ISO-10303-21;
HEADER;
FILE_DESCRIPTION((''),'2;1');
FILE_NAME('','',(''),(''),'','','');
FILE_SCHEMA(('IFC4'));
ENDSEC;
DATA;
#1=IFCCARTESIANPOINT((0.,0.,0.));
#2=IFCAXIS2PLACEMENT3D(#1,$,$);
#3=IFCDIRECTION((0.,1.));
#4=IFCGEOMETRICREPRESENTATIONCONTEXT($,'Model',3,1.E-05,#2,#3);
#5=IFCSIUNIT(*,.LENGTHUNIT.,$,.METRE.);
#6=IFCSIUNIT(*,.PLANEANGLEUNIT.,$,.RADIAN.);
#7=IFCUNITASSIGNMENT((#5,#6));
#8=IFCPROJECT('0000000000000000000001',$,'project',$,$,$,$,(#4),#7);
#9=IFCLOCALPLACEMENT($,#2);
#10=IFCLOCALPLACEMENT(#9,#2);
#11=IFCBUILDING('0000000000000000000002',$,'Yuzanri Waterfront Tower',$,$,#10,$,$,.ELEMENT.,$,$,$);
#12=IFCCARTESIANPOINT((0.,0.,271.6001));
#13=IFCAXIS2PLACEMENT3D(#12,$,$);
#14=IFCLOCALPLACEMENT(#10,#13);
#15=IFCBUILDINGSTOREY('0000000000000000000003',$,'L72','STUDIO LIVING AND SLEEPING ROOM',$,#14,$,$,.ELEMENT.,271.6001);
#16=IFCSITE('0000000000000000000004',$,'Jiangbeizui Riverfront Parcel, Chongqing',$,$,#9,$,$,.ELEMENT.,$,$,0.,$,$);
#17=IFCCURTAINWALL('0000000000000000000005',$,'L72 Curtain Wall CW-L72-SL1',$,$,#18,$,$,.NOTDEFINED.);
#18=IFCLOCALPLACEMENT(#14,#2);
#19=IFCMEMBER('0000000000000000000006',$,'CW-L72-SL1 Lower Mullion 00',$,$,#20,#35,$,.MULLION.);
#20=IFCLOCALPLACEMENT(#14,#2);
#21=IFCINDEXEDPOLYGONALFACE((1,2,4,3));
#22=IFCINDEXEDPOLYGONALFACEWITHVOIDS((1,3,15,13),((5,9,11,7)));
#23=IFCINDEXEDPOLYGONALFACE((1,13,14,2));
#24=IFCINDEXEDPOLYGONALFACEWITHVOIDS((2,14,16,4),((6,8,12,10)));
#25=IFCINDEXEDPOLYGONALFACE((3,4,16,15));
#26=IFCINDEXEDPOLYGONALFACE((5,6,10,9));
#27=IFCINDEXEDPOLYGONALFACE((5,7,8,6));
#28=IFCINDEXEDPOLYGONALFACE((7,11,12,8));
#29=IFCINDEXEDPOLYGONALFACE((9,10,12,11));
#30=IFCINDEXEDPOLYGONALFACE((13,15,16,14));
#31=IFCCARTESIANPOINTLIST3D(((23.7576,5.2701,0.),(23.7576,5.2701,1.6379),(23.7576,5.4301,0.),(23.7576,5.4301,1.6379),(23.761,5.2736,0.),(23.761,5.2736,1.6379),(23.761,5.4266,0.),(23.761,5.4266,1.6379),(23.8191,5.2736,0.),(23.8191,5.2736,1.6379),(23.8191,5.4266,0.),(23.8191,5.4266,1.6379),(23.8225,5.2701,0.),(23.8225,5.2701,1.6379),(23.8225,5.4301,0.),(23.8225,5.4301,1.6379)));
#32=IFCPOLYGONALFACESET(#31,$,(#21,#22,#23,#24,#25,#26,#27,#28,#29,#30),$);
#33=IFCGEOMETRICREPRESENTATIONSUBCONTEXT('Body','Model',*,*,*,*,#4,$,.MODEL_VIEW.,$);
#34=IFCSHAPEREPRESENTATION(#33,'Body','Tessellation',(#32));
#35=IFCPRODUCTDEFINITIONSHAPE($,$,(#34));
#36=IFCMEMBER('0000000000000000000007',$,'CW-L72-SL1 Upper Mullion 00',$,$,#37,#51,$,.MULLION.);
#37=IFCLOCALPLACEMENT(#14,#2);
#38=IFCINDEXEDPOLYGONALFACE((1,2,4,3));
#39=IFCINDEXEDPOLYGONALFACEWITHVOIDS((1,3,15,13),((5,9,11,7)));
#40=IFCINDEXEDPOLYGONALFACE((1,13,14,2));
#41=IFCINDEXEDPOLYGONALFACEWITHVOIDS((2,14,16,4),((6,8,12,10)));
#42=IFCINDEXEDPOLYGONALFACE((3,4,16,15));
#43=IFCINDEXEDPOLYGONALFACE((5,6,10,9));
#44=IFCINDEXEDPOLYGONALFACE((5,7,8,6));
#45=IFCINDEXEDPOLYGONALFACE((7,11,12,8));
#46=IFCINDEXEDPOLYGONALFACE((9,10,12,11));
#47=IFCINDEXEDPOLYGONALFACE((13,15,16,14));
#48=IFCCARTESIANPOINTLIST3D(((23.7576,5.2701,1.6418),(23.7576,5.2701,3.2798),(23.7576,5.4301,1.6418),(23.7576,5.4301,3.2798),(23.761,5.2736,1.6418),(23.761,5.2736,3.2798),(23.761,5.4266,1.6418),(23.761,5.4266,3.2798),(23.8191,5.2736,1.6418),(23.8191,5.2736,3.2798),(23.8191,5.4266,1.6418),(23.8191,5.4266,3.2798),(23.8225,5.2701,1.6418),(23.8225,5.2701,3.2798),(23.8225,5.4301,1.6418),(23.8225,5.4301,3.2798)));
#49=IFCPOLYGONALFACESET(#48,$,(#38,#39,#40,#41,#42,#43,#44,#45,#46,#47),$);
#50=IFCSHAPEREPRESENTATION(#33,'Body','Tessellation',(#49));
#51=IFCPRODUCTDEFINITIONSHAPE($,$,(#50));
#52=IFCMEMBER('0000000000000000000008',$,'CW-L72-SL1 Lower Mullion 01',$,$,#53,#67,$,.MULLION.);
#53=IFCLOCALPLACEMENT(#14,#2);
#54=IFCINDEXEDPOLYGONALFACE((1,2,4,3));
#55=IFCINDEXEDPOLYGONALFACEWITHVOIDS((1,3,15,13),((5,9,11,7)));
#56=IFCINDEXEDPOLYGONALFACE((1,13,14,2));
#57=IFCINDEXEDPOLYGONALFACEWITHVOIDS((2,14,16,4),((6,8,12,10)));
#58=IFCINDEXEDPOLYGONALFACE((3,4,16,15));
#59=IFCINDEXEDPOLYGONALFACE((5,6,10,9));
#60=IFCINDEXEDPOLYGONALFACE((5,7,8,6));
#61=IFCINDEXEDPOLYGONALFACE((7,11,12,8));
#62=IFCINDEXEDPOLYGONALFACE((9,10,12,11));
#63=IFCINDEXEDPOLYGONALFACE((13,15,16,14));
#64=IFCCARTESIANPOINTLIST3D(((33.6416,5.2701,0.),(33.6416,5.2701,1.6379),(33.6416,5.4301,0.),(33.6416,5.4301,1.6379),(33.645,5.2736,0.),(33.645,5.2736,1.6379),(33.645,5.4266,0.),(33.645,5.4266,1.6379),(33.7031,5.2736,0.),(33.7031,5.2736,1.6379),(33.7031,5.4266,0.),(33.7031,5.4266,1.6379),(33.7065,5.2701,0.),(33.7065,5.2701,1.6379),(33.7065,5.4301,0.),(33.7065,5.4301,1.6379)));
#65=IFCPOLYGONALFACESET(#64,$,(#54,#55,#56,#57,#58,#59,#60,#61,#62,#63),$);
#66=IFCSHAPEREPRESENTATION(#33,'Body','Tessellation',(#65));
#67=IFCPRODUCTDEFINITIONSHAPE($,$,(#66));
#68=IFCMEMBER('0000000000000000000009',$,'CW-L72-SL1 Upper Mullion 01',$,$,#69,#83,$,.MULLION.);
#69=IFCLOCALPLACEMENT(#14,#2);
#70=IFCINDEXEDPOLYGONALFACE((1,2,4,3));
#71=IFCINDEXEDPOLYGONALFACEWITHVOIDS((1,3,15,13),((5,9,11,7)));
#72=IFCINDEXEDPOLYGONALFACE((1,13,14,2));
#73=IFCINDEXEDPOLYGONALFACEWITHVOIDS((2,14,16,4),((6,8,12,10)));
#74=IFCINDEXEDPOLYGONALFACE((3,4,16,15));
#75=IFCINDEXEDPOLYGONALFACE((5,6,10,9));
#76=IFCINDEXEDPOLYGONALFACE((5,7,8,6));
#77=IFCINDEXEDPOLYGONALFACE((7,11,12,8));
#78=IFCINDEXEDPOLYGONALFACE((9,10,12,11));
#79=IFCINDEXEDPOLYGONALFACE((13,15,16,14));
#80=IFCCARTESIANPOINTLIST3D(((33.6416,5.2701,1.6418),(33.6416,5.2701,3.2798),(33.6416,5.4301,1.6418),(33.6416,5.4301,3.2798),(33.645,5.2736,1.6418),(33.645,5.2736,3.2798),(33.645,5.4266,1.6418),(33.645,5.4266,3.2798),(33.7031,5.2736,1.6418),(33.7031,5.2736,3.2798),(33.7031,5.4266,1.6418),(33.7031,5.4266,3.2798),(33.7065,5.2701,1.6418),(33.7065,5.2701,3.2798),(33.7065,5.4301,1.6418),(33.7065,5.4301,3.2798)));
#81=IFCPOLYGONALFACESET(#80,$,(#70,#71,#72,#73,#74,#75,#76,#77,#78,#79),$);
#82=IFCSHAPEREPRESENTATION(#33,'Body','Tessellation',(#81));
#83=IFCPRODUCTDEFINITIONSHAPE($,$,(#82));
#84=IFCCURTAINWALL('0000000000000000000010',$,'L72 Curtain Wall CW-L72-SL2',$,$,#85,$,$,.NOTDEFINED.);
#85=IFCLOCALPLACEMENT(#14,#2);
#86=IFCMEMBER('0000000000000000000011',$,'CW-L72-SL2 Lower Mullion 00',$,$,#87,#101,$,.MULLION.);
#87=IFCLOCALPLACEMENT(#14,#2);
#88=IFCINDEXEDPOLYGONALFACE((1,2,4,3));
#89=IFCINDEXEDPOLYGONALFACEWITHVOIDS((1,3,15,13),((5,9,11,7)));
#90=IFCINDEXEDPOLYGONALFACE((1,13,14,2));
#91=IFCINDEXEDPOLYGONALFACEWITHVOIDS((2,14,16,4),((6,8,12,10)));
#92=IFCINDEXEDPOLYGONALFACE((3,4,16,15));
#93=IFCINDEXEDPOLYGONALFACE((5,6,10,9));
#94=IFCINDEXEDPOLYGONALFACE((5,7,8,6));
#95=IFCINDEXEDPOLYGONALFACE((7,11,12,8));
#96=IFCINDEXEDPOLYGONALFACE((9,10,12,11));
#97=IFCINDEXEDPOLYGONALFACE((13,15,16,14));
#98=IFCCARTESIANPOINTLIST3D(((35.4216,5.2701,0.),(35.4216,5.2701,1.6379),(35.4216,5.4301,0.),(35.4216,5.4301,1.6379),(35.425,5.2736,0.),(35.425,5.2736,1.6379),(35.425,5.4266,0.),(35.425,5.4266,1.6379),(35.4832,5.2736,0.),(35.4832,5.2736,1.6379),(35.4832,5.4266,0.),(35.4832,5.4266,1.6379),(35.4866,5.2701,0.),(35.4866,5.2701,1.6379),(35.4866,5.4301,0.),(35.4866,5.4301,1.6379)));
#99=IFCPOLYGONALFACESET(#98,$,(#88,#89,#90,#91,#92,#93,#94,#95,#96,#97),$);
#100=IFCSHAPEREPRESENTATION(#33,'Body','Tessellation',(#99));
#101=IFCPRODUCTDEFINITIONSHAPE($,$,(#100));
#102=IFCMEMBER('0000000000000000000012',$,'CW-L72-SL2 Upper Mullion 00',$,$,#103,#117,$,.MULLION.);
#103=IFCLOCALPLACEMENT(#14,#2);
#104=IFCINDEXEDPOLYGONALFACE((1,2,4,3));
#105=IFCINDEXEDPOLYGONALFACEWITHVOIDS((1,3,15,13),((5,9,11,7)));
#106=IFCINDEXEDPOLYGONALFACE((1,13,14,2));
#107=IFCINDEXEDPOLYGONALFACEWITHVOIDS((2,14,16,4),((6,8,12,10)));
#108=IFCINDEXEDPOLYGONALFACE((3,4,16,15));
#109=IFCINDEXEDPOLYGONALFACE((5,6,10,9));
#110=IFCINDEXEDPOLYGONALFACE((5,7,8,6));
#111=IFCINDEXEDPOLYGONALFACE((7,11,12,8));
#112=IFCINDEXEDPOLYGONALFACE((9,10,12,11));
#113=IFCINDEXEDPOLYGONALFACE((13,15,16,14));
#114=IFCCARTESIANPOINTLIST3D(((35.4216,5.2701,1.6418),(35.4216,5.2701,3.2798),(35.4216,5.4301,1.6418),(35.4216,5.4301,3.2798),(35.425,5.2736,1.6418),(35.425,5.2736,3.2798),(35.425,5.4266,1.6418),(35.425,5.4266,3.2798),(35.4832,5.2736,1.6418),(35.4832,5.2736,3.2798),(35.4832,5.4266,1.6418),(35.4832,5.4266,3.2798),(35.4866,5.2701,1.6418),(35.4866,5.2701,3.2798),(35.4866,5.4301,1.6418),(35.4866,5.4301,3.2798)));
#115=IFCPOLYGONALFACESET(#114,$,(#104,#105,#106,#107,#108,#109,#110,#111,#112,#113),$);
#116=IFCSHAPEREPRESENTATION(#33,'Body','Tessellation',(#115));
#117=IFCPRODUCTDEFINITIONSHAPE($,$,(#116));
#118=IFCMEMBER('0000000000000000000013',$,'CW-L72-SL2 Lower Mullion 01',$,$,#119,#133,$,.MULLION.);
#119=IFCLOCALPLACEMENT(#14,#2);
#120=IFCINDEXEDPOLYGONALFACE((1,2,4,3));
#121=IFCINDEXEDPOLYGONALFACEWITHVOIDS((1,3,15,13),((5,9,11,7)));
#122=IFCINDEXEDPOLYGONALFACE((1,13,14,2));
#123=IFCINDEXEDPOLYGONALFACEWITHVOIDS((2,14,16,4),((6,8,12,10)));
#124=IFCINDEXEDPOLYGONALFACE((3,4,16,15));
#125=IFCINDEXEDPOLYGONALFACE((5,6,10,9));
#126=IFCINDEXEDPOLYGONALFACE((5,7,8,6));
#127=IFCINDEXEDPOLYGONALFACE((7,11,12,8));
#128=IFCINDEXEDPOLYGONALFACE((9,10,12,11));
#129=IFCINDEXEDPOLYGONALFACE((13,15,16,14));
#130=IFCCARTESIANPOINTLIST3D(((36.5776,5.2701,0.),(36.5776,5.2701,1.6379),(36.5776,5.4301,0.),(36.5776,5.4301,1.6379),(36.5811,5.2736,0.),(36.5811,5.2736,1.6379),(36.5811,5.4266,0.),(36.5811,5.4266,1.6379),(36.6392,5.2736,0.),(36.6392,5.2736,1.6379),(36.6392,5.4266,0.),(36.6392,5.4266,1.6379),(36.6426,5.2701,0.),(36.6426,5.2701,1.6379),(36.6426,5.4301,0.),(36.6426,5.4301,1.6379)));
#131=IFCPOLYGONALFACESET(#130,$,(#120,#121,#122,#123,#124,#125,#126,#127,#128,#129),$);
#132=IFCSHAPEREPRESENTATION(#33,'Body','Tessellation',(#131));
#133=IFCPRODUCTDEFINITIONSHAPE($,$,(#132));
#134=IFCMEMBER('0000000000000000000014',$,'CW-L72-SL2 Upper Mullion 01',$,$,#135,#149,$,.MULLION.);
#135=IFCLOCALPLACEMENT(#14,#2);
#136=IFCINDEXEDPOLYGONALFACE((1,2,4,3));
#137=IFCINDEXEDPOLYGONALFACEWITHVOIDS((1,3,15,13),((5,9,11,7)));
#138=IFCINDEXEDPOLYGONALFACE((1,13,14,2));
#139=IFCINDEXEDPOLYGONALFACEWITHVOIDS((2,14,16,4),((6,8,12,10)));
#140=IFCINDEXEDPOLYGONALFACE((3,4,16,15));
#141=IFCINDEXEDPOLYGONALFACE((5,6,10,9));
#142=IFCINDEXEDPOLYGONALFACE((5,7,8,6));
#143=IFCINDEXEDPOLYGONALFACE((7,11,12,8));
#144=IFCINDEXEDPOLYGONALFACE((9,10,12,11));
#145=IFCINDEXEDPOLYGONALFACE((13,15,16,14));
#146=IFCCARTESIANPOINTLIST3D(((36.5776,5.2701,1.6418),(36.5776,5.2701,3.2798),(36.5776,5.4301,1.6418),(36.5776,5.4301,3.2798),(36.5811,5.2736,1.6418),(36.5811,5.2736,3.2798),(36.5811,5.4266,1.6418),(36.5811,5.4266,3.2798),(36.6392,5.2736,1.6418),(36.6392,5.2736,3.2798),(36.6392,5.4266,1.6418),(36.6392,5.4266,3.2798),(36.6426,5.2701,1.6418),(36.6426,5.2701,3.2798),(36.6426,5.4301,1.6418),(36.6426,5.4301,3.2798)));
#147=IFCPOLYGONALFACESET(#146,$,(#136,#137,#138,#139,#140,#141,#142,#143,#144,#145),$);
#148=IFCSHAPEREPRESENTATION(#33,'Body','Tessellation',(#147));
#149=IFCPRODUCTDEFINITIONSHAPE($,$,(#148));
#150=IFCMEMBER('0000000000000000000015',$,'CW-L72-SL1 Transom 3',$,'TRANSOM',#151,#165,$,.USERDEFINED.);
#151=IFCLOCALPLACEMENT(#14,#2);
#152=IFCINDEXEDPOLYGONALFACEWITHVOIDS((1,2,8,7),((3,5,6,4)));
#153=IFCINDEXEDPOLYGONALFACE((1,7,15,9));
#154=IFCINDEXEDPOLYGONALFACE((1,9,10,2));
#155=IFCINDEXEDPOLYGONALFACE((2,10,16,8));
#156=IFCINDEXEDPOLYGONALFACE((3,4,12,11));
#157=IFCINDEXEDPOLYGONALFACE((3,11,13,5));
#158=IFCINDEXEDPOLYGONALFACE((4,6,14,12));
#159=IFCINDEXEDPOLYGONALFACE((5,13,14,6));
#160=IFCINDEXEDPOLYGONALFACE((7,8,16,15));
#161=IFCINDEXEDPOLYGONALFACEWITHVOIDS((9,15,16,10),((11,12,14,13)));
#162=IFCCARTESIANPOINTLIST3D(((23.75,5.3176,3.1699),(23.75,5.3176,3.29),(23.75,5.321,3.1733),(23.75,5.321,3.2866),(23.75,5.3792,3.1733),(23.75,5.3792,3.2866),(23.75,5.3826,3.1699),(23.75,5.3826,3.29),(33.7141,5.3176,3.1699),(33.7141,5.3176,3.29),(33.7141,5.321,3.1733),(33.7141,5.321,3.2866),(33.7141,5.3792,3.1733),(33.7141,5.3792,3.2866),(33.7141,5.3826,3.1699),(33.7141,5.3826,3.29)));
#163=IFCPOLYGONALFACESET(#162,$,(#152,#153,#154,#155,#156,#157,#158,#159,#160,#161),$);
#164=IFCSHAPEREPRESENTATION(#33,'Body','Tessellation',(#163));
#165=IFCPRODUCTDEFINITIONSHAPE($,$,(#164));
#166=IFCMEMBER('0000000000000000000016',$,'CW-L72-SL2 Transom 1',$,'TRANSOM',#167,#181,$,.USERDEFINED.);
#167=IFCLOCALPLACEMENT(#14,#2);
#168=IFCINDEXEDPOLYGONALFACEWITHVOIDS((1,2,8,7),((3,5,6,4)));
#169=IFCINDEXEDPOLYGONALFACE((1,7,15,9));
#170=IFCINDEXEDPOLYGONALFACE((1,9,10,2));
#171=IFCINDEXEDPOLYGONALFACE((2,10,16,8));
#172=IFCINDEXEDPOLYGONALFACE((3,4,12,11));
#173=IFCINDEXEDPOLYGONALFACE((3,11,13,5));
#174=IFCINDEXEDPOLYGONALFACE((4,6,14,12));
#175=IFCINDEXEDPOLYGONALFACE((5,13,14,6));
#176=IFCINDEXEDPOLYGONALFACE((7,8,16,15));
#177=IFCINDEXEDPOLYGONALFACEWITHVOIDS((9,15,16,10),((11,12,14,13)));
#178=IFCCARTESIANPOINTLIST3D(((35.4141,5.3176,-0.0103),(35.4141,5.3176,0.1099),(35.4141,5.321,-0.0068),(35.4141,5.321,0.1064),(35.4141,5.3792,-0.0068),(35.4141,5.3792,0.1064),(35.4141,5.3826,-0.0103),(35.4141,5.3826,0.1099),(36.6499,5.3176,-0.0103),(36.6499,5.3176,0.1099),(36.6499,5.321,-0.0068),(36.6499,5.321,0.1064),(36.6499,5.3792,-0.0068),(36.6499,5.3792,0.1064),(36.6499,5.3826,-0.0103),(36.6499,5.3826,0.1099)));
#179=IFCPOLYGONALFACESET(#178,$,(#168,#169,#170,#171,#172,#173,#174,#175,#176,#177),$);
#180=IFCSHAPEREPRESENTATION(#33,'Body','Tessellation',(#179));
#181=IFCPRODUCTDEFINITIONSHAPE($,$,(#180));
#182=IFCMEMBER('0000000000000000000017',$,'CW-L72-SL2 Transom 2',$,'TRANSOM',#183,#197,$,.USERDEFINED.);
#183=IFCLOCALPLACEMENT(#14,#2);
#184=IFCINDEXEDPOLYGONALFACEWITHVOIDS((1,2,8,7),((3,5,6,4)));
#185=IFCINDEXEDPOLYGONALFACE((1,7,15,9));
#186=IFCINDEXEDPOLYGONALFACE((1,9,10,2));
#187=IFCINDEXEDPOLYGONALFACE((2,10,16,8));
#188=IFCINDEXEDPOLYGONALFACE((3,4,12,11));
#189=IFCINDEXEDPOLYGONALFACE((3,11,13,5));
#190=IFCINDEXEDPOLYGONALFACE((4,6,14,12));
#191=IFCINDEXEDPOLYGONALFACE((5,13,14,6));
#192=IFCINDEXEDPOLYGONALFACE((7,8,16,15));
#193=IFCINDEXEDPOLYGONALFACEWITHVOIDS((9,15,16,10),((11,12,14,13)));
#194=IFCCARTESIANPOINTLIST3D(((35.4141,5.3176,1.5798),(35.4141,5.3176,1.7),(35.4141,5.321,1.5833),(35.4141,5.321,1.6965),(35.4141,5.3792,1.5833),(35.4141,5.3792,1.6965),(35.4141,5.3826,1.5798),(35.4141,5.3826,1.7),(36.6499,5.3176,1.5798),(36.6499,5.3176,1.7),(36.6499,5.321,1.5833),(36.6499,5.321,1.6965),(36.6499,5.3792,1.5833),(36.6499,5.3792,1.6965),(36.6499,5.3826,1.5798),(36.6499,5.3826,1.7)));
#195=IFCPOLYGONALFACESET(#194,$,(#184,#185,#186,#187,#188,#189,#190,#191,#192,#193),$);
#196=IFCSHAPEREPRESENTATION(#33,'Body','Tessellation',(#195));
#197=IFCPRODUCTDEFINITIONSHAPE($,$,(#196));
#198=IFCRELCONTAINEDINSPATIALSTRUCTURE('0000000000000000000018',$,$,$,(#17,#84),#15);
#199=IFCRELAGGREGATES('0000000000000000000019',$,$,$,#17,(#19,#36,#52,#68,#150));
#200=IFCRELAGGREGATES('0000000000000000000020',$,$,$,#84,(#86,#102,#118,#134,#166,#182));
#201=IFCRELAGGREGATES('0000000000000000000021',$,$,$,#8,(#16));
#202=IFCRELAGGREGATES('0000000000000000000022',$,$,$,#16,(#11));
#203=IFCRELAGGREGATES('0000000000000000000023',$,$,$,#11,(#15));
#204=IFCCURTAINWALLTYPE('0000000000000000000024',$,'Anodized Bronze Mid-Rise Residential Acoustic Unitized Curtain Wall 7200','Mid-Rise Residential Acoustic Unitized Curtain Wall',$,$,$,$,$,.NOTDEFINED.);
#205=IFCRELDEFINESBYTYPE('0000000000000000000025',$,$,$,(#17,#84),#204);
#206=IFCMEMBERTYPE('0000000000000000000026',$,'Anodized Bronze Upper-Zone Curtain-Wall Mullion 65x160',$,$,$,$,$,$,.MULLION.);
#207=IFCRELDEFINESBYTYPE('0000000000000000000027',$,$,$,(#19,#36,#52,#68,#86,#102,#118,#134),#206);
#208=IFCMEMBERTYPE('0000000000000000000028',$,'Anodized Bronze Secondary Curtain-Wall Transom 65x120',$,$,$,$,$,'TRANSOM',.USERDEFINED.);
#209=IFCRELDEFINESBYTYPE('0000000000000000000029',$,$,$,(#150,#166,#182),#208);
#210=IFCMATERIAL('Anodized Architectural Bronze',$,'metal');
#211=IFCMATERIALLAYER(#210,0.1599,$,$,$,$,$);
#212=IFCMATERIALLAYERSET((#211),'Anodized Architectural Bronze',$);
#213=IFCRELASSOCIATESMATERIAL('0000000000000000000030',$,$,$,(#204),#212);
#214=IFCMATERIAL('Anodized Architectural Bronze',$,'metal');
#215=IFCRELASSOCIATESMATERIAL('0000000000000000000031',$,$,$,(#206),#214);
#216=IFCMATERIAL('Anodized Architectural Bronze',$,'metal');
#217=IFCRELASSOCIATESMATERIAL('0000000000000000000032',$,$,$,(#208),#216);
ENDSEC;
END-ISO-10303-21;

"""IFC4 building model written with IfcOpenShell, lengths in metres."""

from ifc_helpers import new_model, si_unit, direction, frame, origin, origin_2d, place, context, subcontext, project, spatial, hollow_rectangle, extrude, source, transform, mapped, material, layer, layer_set, material_profile, profile_set, type_object, element, aggregate, save


model = new_model("IFC4")

# Units and contexts
model_context = context("Model", 3, precision=1e-05, world=origin(), true_north=direction((0.0, 1.0)))
body_context = subcontext(model_context, "Body", "Model", "MODEL_VIEW")
ifc_project = project(units=[si_unit("LENGTHUNIT", "METRE"), si_unit("PLANEANGLEUNIT", "RADIAN")], contexts=[model_context])

# Site, building, storey
site_placement = place(None, origin())
site = spatial("IfcSite", under=ifc_project, at=site_placement, Name="Jiangbeizui Riverfront Parcel, Chongqing", CompositionType="ELEMENT", RefElevation=0.0)
building_placement = place(site_placement, origin())
building = spatial("IfcBuilding", under=site, at=building_placement, Name="Yuzanri Waterfront Tower", CompositionType="ELEMENT")
storey_placement = place(building_placement, frame((0.0, 0.0, 271.6001)))
storey = spatial("IfcBuildingStorey", under=building, at=storey_placement, Name="L72", Description="STUDIO LIVING AND SLEEPING ROOM", CompositionType="ELEMENT", Elevation=271.6001)

# Curtain walls, members
ifc_material_1 = material(Name="Anodized Architectural Bronze", Category="metal")
ifc_layer_1 = layer(ifc_material_1, 0.1599)
ifc_layer_set_1 = layer_set([ifc_layer_1], Name="Anodized Architectural Bronze")
curtain_wall_type = type_object("IfcCurtainWallType", Name="Anodized Bronze Mid-Rise Residential Acoustic Unitized Curtain Wall 7200", Description="Mid-Rise Residential Acoustic Unitized Curtain Wall", PredefinedType="NOTDEFINED", material=ifc_layer_set_1)
curtain_wall_1_placement = place(storey_placement, origin())
curtain_wall_1 = element("IfcCurtainWall", 1, at=curtain_wall_1_placement, inside=storey, type_object=curtain_wall_type, Name="L72 Curtain Wall CW-L72-SL1", PredefinedType="NOTDEFINED")
ifc_material_2 = material(Name="Anodized Architectural Bronze", Category="metal")
ifc_material_profile_1 = material_profile(ifc_material_2, hollow_rectangle(XDim=0.0649, YDim=0.1599, WallThickness=0.0034, at=origin_2d()), Name="CWM 65x160")
ifc_profile_set_1 = profile_set([ifc_material_profile_1], Name="Anodized Architectural Bronze")
member_type_1 = type_object("IfcMemberType", Name="Anodized Bronze Upper-Zone Curtain-Wall Mullion 65x160", PredefinedType="MULLION", material=ifc_profile_set_1)
shared_shape_1 = source(origin(), body_context, "Body", "SweptSolid", [
    extrude(hollow_rectangle(XDim=0.0649, YDim=0.1599, WallThickness=0.0034, at=origin_2d()), origin(), (0.0, 0.0, 1.0), 1.6379),
])
member_1_placement = place(storey_placement, frame((23.79, 5.3501, 0.0), z_axis=(0.0, 0.0, 1.0), x_axis=(1.0, 0.0, 0.0)))
member_1 = element("IfcMember", 2, at=member_1_placement, type_object=member_type_1, Name="CW-L72-SL1 Lower Mullion 00", PredefinedType="MULLION", context=body_context, shape_type="MappedRepresentation", body=[
    mapped(shared_shape_1, transform((0.0, 0.0, 0.0), scale=1.0)),
])
member_2_placement = place(storey_placement, frame((23.79, 5.3501, 1.6418), z_axis=(0.0, 0.0, 1.0), x_axis=(1.0, 0.0, 0.0)))
member_2 = element("IfcMember", 3, at=member_2_placement, type_object=member_type_1, Name="CW-L72-SL1 Upper Mullion 00", PredefinedType="MULLION", context=body_context, shape_type="MappedRepresentation", body=[
    mapped(shared_shape_1, transform((0.0, 0.0, 0.0), scale=1.0)),
])
member_3_placement = place(storey_placement, frame((33.6741, 5.3501, 0.0), z_axis=(0.0, 0.0, 1.0), x_axis=(1.0, 0.0, 0.0)))
member_3 = element("IfcMember", 4, at=member_3_placement, type_object=member_type_1, Name="CW-L72-SL1 Lower Mullion 01", PredefinedType="MULLION", context=body_context, shape_type="MappedRepresentation", body=[
    mapped(shared_shape_1, transform((0.0, 0.0, 0.0), scale=1.0)),
])
member_4_placement = place(storey_placement, frame((33.6741, 5.3501, 1.6418), z_axis=(0.0, 0.0, 1.0), x_axis=(1.0, 0.0, 0.0)))
member_4 = element("IfcMember", 5, at=member_4_placement, type_object=member_type_1, Name="CW-L72-SL1 Upper Mullion 01", PredefinedType="MULLION", context=body_context, shape_type="MappedRepresentation", body=[
    mapped(shared_shape_1, transform((0.0, 0.0, 0.0), scale=1.0)),
])
curtain_wall_2_placement = place(storey_placement, origin())
curtain_wall_2 = element("IfcCurtainWall", 6, at=curtain_wall_2_placement, inside=storey, type_object=curtain_wall_type, Name="L72 Curtain Wall CW-L72-SL2", PredefinedType="NOTDEFINED")
member_5_placement = place(storey_placement, frame((35.4541, 5.3501, 0.0), z_axis=(0.0, 0.0, 1.0), x_axis=(1.0, 0.0, 0.0)))
member_5 = element("IfcMember", 7, at=member_5_placement, type_object=member_type_1, Name="CW-L72-SL2 Lower Mullion 00", PredefinedType="MULLION", context=body_context, shape_type="MappedRepresentation", body=[
    mapped(shared_shape_1, transform((0.0, 0.0, 0.0), scale=1.0)),
])
member_6_placement = place(storey_placement, frame((35.4541, 5.3501, 1.6418), z_axis=(0.0, 0.0, 1.0), x_axis=(1.0, 0.0, 0.0)))
member_6 = element("IfcMember", 8, at=member_6_placement, type_object=member_type_1, Name="CW-L72-SL2 Upper Mullion 00", PredefinedType="MULLION", context=body_context, shape_type="MappedRepresentation", body=[
    mapped(shared_shape_1, transform((0.0, 0.0, 0.0), scale=1.0)),
])
member_7_placement = place(storey_placement, frame((36.6101, 5.3501, 0.0), z_axis=(0.0, 0.0, 1.0), x_axis=(1.0, 0.0, 0.0)))
member_7 = element("IfcMember", 9, at=member_7_placement, type_object=member_type_1, Name="CW-L72-SL2 Lower Mullion 01", PredefinedType="MULLION", context=body_context, shape_type="MappedRepresentation", body=[
    mapped(shared_shape_1, transform((0.0, 0.0, 0.0), scale=1.0)),
])
member_8_placement = place(storey_placement, frame((36.6101, 5.3501, 1.6418), z_axis=(0.0, 0.0, 1.0), x_axis=(1.0, 0.0, 0.0)))
member_8 = element("IfcMember", 10, at=member_8_placement, type_object=member_type_1, Name="CW-L72-SL2 Upper Mullion 01", PredefinedType="MULLION", context=body_context, shape_type="MappedRepresentation", body=[
    mapped(shared_shape_1, transform((0.0, 0.0, 0.0), scale=1.0)),
])

# Members
ifc_material_3 = material(Name="Anodized Architectural Bronze", Category="metal")
ifc_material_profile_2 = material_profile(ifc_material_3, hollow_rectangle(XDim=0.0649, YDim=0.1201, WallThickness=0.0034, at=origin_2d()), Name="CWT 65x120")
ifc_profile_set_2 = profile_set([ifc_material_profile_2], Name="Anodized Architectural Bronze")
member_type_2 = type_object("IfcMemberType", Name="Anodized Bronze Secondary Curtain-Wall Transom 65x120", ElementType="TRANSOM", PredefinedType="USERDEFINED", material=ifc_profile_set_2)
shared_shape_2 = source(origin(), body_context, "Body", "SweptSolid", [
    extrude(hollow_rectangle(XDim=0.0649, YDim=0.1201, WallThickness=0.0034, at=origin_2d()), origin(), (0.0, 0.0, 1.0), 9.9641),
])
member_9_placement = place(storey_placement, frame((23.75, 5.3501, 3.23), z_axis=(1.0, 0.0, 0.0), x_axis=(0.0, 1.0, 0.0)))
member_9 = element("IfcMember", 11, at=member_9_placement, type_object=member_type_2, Name="CW-L72-SL1 Transom 3", ObjectType="TRANSOM", PredefinedType="USERDEFINED", context=body_context, shape_type="MappedRepresentation", body=[
    mapped(shared_shape_2, transform((0.0, 0.0, 0.0), scale=1.0)),
])
shared_shape_3 = source(origin(), body_context, "Body", "SweptSolid", [
    extrude(hollow_rectangle(XDim=0.0649, YDim=0.1201, WallThickness=0.0034, at=origin_2d()), origin(), (0.0, 0.0, 1.0), 1.2358),
])
member_10_placement = place(storey_placement, frame((35.4141, 5.3501, 0.0498), z_axis=(1.0, 0.0, 0.0), x_axis=(0.0, 1.0, 0.0)))
member_10 = element("IfcMember", 12, at=member_10_placement, type_object=member_type_2, Name="CW-L72-SL2 Transom 1", ObjectType="TRANSOM", PredefinedType="USERDEFINED", context=body_context, shape_type="MappedRepresentation", body=[
    mapped(shared_shape_3, transform((0.0, 0.0, 0.0), scale=1.0)),
])
member_11_placement = place(storey_placement, frame((35.4141, 5.3501, 1.6399), z_axis=(1.0, 0.0, 0.0), x_axis=(0.0, 1.0, 0.0)))
member_11 = element("IfcMember", 13, at=member_11_placement, type_object=member_type_2, Name="CW-L72-SL2 Transom 2", ObjectType="TRANSOM", PredefinedType="USERDEFINED", context=body_context, shape_type="MappedRepresentation", body=[
    mapped(shared_shape_3, transform((0.0, 0.0, 0.0), scale=1.0)),
])

aggregate(curtain_wall_1, [member_1, member_2, member_3, member_4, member_9])
aggregate(curtain_wall_2, [member_5, member_6, member_7, member_8, member_10, member_11])

save(model, "model.ifc")
